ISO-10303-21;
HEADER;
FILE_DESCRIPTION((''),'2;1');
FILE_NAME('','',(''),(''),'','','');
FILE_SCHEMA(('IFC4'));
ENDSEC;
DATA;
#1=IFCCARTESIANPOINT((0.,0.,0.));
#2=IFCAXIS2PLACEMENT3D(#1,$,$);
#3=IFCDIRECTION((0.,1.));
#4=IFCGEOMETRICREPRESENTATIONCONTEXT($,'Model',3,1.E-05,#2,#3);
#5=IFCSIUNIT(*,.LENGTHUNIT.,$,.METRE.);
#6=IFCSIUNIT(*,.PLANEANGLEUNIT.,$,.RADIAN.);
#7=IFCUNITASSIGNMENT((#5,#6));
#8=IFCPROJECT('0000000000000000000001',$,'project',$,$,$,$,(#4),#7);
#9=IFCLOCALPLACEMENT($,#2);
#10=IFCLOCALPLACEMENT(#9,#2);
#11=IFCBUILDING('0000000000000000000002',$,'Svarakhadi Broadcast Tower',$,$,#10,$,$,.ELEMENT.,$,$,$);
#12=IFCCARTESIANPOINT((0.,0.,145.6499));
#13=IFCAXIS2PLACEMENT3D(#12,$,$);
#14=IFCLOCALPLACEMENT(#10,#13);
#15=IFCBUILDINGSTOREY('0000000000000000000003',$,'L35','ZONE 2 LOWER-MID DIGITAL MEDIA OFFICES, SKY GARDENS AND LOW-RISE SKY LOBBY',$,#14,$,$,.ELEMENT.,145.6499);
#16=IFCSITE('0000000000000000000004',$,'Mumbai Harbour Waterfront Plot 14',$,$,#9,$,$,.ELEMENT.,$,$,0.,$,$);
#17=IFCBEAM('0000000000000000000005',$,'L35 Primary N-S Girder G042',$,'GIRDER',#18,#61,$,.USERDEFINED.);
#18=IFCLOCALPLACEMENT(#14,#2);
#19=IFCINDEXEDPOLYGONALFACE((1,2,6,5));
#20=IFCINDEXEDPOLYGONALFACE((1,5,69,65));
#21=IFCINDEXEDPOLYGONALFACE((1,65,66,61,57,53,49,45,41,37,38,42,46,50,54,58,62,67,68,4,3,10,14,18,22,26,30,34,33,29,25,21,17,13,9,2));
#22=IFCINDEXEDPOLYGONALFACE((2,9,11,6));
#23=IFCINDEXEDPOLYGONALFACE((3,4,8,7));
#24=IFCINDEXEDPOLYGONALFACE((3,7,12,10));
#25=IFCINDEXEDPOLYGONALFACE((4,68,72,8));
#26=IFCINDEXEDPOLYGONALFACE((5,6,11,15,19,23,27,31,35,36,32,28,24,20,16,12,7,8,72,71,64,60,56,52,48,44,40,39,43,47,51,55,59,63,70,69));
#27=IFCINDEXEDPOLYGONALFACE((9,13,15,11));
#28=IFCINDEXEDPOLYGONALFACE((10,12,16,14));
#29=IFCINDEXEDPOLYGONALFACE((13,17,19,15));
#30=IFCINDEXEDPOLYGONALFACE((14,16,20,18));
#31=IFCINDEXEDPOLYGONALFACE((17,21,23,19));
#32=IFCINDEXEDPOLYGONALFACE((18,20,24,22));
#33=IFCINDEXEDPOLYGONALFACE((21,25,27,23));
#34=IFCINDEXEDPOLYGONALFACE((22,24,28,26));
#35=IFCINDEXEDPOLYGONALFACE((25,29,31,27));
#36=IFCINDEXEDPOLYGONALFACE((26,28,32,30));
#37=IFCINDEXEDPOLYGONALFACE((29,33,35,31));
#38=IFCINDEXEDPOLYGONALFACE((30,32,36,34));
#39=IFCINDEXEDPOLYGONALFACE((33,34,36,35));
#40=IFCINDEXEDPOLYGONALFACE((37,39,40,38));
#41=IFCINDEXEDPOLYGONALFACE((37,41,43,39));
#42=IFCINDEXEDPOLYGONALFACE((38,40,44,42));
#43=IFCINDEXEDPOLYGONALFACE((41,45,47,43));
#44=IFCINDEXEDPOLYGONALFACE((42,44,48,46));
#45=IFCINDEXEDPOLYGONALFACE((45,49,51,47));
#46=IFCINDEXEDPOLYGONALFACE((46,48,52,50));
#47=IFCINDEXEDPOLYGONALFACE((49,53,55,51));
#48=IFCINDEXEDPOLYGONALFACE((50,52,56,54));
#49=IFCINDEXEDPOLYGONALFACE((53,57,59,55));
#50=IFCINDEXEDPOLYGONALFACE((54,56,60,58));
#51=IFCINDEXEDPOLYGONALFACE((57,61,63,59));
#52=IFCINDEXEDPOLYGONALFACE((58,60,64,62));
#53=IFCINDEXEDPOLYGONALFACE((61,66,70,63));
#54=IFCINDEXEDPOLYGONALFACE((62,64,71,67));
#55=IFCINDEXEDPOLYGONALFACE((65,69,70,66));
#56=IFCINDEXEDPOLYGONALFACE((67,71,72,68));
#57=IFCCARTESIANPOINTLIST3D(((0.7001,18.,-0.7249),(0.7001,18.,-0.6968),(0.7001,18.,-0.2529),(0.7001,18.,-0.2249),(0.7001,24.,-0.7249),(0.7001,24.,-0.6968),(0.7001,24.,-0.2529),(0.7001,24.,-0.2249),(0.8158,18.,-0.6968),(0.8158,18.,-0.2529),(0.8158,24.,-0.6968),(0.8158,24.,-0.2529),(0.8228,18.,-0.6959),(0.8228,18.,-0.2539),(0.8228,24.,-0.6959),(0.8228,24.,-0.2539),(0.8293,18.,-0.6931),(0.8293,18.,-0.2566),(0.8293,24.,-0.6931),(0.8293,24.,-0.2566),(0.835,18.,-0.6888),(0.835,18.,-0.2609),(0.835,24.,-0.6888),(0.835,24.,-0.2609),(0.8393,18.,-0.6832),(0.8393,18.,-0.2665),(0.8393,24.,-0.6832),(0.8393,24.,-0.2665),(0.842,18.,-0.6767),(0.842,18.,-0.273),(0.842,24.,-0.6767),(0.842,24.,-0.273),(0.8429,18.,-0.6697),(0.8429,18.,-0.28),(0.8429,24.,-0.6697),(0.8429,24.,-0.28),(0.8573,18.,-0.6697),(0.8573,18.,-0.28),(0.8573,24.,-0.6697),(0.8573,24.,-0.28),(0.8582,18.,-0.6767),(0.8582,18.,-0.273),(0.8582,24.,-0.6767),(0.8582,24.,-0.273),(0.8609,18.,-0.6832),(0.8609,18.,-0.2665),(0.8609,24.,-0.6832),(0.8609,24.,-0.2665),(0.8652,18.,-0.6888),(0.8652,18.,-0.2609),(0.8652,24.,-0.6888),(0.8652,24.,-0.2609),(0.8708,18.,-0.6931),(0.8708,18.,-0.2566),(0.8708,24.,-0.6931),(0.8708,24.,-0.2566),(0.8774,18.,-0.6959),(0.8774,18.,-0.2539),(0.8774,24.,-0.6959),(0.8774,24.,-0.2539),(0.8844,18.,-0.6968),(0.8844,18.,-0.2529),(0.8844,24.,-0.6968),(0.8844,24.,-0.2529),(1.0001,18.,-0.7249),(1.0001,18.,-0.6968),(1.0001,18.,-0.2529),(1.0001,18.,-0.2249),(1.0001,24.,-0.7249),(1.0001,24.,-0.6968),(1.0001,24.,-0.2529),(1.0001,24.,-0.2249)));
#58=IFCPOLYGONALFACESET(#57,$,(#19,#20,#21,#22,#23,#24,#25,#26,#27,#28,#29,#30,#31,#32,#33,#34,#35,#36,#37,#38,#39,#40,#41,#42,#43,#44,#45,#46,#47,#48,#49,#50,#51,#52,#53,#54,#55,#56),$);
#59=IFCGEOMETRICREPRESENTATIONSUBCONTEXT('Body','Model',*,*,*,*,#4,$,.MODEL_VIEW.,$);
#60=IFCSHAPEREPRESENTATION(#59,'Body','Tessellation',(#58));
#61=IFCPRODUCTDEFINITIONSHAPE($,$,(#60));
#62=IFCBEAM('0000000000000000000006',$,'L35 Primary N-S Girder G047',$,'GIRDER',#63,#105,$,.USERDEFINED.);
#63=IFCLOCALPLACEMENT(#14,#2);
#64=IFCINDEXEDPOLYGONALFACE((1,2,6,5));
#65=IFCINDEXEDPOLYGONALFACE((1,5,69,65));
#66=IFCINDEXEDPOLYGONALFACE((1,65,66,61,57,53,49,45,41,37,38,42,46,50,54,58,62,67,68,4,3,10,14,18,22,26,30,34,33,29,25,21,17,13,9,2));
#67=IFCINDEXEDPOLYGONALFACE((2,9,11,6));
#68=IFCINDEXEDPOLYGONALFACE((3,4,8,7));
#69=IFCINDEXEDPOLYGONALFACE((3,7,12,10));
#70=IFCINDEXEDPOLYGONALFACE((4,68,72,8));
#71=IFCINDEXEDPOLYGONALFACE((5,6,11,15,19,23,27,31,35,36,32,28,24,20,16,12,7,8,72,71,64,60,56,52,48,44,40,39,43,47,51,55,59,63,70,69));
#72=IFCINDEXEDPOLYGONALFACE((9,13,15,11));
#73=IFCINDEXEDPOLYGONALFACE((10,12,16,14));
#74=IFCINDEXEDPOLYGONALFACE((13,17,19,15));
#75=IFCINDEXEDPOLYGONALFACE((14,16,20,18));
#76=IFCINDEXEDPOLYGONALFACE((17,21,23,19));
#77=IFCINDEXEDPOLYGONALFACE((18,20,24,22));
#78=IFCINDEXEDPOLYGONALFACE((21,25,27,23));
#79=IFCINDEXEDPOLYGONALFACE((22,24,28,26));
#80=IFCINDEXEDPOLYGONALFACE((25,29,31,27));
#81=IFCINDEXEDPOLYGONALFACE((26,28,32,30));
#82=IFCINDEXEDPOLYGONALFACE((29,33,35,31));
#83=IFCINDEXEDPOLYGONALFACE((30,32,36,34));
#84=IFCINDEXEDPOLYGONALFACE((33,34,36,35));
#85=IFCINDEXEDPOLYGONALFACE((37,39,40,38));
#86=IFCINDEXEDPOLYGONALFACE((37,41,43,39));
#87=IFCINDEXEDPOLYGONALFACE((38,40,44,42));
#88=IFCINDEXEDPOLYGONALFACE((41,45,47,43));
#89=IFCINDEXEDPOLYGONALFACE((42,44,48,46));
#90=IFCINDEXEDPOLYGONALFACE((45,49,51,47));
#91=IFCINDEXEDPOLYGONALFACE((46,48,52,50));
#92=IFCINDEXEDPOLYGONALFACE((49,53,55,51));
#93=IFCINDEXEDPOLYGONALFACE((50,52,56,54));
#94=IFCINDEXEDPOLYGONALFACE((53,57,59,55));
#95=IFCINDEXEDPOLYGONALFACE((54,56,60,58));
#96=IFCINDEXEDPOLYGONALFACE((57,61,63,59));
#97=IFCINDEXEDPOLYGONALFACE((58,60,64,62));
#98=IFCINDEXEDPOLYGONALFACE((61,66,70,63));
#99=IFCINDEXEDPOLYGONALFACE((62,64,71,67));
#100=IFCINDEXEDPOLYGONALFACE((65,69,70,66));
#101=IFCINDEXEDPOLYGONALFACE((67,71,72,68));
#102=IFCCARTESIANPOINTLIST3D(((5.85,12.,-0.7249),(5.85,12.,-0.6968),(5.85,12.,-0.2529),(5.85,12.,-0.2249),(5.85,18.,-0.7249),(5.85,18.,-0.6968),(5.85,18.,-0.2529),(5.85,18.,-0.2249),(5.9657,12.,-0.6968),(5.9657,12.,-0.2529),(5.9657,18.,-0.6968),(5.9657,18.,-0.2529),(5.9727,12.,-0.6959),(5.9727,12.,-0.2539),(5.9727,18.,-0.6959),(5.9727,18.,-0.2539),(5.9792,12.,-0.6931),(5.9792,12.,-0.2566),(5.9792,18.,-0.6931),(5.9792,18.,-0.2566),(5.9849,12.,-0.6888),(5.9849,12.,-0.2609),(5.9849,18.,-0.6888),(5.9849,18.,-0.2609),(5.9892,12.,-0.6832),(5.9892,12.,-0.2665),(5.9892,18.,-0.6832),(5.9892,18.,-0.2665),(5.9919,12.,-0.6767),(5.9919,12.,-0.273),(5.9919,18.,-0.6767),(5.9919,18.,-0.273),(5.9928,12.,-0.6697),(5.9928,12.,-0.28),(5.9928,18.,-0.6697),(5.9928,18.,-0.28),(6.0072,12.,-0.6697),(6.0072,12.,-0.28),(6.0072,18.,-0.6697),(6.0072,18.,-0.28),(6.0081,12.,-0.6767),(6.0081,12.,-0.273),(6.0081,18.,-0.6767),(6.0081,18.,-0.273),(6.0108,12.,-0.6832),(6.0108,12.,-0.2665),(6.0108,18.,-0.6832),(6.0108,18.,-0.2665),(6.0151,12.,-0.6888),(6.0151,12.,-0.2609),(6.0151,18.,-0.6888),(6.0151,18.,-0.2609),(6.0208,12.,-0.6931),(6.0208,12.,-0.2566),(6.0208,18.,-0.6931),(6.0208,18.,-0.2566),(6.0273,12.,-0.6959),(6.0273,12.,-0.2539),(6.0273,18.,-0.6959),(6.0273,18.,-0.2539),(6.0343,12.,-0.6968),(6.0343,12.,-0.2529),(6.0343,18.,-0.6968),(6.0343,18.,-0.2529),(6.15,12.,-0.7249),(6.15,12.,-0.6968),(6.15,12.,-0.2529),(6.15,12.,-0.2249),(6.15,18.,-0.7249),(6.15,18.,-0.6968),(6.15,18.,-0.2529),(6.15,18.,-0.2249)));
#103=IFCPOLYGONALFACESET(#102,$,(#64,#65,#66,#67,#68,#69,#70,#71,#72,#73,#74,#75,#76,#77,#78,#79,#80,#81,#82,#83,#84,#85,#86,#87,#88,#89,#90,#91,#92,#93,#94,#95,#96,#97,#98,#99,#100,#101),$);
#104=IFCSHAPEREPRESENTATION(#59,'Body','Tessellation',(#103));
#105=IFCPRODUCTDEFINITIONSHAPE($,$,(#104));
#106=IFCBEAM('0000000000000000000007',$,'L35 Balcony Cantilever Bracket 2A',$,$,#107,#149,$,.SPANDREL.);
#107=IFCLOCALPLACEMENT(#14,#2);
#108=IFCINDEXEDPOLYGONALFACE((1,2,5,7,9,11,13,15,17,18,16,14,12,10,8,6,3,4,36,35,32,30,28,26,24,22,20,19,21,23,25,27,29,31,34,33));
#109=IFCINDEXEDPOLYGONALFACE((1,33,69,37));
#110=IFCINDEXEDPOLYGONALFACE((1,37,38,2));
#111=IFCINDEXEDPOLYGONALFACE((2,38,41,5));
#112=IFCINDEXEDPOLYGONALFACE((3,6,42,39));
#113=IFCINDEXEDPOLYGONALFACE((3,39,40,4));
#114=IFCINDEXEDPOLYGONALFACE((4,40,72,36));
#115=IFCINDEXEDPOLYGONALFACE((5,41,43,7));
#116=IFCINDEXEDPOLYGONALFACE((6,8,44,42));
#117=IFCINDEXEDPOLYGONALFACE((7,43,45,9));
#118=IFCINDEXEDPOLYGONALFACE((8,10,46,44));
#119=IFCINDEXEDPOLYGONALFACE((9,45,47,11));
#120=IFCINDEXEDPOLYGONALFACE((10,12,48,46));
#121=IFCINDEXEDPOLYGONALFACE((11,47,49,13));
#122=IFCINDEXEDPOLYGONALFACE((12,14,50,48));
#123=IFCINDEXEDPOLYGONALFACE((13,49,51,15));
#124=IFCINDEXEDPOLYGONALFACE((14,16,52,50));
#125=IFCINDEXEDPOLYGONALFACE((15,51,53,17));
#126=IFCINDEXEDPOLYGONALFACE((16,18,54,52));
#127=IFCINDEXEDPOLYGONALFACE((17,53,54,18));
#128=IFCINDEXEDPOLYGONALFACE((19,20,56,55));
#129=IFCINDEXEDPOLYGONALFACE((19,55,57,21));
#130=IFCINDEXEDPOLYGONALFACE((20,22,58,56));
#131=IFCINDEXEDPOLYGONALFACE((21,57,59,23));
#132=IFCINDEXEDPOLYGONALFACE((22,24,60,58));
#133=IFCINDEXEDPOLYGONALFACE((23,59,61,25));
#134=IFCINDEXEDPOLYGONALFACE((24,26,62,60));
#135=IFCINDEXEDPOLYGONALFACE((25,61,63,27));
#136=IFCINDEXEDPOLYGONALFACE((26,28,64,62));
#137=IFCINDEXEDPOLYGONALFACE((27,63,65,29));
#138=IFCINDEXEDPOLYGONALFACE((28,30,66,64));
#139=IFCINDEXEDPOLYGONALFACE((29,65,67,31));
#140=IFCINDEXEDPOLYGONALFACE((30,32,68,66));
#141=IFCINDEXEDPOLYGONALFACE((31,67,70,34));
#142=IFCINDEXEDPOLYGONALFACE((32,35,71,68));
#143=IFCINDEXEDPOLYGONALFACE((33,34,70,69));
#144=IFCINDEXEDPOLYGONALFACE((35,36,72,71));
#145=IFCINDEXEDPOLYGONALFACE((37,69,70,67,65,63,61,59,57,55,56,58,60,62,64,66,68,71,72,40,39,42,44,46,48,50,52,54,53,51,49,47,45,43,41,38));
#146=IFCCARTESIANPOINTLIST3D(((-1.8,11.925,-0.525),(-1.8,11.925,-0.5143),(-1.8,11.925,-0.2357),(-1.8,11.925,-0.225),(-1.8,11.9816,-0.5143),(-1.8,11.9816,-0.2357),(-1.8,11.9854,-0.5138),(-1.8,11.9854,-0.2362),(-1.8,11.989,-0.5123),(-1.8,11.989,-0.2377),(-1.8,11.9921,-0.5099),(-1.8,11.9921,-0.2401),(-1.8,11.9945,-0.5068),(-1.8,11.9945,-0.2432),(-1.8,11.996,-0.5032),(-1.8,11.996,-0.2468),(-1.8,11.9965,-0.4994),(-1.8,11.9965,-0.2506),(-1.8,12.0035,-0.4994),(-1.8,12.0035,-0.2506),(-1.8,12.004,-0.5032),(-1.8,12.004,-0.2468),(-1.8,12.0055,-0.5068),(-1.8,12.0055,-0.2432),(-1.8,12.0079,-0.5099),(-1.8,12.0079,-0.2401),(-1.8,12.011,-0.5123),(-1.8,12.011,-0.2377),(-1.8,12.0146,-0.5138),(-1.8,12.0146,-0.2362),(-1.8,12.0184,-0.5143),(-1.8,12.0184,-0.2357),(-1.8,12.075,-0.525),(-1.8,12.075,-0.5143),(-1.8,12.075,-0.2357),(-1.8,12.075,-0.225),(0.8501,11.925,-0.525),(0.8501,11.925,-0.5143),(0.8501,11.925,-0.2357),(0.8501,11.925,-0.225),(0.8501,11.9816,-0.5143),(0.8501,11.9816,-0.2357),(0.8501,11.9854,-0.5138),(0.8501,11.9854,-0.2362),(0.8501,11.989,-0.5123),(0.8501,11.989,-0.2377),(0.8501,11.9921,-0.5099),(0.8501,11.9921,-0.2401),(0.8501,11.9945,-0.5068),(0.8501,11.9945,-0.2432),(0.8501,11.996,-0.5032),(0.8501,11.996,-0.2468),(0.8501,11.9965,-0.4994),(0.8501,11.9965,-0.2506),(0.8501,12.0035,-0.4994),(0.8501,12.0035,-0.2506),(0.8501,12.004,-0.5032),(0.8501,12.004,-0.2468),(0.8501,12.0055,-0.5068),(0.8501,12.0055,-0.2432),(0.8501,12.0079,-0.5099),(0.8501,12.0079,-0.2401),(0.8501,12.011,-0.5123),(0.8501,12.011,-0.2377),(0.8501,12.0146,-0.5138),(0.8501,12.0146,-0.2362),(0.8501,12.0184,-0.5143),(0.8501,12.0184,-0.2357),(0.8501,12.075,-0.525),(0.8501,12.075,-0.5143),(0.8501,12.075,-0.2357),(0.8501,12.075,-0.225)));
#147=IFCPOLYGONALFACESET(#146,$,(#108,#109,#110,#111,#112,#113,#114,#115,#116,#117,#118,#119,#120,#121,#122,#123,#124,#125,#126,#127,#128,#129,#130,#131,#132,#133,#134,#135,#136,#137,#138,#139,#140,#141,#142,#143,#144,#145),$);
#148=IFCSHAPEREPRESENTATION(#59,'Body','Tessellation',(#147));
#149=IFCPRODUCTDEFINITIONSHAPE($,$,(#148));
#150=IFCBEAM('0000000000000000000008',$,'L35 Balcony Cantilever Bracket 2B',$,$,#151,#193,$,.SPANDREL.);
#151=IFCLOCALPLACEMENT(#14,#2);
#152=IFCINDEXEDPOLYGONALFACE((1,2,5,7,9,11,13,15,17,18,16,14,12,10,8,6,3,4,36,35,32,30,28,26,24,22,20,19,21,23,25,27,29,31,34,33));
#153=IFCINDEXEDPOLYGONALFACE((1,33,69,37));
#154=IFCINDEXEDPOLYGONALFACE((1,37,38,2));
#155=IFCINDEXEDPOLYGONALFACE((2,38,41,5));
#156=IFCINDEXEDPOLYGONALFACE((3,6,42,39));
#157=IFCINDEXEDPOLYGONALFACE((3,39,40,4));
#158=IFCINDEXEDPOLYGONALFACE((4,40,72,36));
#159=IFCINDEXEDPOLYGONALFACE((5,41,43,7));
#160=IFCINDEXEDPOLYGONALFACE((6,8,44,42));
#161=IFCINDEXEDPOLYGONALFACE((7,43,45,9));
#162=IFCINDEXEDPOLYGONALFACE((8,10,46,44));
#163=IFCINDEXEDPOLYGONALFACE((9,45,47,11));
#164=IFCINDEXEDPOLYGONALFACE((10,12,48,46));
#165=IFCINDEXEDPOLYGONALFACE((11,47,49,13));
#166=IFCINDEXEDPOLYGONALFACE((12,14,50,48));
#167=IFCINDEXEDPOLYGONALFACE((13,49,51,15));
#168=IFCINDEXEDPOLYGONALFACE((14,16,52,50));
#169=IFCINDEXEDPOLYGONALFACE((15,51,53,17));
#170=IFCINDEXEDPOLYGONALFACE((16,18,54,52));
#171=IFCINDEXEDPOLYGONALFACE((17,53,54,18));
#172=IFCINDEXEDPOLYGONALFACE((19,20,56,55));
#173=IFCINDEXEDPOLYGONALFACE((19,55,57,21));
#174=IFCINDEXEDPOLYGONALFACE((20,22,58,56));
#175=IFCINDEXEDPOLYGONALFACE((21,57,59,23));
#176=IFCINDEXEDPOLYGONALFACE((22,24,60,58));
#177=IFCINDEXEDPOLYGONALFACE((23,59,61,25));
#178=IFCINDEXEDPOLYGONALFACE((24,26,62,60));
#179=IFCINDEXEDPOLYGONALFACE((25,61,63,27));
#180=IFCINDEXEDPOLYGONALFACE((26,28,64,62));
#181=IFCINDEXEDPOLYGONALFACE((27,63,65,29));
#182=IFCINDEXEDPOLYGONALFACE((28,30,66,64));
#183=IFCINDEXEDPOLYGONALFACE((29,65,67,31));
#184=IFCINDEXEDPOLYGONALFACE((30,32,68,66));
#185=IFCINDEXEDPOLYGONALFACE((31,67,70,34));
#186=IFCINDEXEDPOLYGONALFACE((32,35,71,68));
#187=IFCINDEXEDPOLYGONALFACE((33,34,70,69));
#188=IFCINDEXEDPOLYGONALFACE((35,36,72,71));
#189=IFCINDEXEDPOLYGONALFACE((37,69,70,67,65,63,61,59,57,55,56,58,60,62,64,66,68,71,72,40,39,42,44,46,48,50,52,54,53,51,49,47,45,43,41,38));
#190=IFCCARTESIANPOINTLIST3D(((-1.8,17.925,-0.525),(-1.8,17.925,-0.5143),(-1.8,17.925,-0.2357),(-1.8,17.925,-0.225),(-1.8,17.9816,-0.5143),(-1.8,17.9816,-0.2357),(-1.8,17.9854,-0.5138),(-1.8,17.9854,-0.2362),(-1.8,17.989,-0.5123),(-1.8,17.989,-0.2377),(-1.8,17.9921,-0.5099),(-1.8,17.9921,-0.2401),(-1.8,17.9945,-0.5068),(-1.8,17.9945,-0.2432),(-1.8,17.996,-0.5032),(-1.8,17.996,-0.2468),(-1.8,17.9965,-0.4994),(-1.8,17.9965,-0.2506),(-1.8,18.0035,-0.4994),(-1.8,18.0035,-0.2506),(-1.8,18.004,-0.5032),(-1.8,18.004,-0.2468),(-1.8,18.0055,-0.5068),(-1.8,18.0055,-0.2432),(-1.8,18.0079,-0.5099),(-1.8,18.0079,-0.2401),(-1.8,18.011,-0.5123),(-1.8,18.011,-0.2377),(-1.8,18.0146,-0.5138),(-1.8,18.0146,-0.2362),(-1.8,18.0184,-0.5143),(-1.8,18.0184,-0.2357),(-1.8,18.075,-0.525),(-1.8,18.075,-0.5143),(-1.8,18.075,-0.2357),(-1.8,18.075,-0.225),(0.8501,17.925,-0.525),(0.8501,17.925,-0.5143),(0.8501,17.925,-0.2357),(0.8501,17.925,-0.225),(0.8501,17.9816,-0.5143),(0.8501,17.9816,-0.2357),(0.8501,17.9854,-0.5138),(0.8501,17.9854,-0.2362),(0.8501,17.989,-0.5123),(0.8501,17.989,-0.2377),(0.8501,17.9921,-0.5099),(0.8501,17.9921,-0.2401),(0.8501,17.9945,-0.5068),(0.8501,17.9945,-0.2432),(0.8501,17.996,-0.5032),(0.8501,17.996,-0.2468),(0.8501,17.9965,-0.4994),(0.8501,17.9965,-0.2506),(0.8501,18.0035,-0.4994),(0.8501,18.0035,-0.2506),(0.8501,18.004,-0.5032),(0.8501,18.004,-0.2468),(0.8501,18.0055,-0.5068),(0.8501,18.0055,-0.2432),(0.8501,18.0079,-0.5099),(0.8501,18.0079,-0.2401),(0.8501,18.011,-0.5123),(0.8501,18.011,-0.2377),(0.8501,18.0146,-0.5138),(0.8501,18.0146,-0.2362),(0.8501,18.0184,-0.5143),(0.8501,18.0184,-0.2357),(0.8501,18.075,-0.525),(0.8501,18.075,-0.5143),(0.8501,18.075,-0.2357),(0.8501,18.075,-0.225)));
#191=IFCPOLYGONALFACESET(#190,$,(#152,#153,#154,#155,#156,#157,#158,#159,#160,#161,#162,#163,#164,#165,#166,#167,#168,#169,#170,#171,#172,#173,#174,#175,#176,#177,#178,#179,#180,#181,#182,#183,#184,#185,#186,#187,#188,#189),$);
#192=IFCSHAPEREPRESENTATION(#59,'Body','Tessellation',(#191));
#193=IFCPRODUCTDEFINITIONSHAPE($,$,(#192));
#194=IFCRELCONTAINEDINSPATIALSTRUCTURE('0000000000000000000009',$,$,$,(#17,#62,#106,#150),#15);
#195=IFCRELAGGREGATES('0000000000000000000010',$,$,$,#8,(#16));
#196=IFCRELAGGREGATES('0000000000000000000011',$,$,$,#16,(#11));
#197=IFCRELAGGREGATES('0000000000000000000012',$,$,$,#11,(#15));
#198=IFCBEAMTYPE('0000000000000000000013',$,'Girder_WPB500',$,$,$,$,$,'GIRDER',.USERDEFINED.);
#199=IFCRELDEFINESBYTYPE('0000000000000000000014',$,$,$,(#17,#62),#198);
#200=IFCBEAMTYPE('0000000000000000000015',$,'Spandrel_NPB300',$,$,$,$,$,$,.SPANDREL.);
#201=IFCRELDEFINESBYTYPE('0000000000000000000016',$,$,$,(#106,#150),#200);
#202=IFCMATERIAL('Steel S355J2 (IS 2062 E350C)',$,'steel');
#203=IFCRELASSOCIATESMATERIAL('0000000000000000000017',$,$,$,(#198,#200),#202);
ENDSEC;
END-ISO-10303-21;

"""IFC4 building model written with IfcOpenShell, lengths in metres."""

from ifc_helpers import new_model, si_unit, direction, frame, origin, origin_2d, place, context, subcontext, project, spatial, i_section, extrude, material, material_profile, profile_set, type_object, element, save


model = new_model("IFC4")

# Units and contexts
model_context = context("Model", 3, precision=1e-05, world=origin(), true_north=direction((0.0, 1.0)))
body_context = subcontext(model_context, "Body", "Model", "MODEL_VIEW")
ifc_project = project(units=[si_unit("LENGTHUNIT", "METRE"), si_unit("PLANEANGLEUNIT", "RADIAN")], contexts=[model_context])

# Site, building, storey
site_placement = place(None, origin())
site = spatial("IfcSite", under=ifc_project, at=site_placement, Name="Mumbai Harbour Waterfront Plot 14", CompositionType="ELEMENT", RefElevation=0.0)
building_placement = place(site_placement, origin())
building = spatial("IfcBuilding", under=site, at=building_placement, Name="Svarakhadi Broadcast Tower", CompositionType="ELEMENT")
storey_placement = place(building_placement, frame((0.0, 0.0, 145.6499)))
storey = spatial("IfcBuildingStorey", under=building, at=storey_placement, Name="L35", Description="ZONE 2 LOWER-MID DIGITAL MEDIA OFFICES, SKY GARDENS AND LOW-RISE SKY LOBBY", CompositionType="ELEMENT", Elevation=145.6499)

# Shared definitions
ifc_material_1 = material(Name="Steel S355J2 (IS 2062 E350C)", Category="steel")

# Beams
ifc_material_profile_1 = material_profile(ifc_material_1, i_section(OverallWidth=0.3, OverallDepth=0.5, WebThickness=0.0144, FlangeThickness=0.0281, FilletRadius=0.0271, at=origin_2d()), Name="WPB 500x300x187")
ifc_profile_set_1 = profile_set([ifc_material_profile_1], Name="Steel S355J2 (IS 2062 E350C)")
beam_type_1 = type_object("IfcBeamType", Name="Girder_WPB500", ElementType="GIRDER", PredefinedType="USERDEFINED", material=ifc_profile_set_1)
for number, where, z_axis, x_axis, name in (
    (1, (0.8501, 18.0, -0.4749), (0.0, 1.0, 0.0), (-1.0, 0.0, 0.0), "L35 Primary N-S Girder G042"),
    (2, (6.0, 12.0, -0.4749), (0.0, 1.0, 0.0), (-1.0, 0.0, 0.0), "L35 Primary N-S Girder G047"),
):
    element("IfcBeam", number, at=place(storey_placement, frame(where, z_axis=z_axis, x_axis=x_axis)), inside=storey, type_object=beam_type_1, Name=name, ObjectType="GIRDER", PredefinedType="USERDEFINED", context=body_context, shape_type="SweptSolid", body=[
        extrude(i_section(OverallWidth=0.3, OverallDepth=0.5, WebThickness=0.0144, FlangeThickness=0.0281, FilletRadius=0.0271, at=origin_2d()), origin(), (0.0, 0.0, 1.0), 6.0),
    ])
ifc_material_profile_2 = material_profile(ifc_material_1, i_section(OverallWidth=0.1499, OverallDepth=0.3, WebThickness=0.0071, FlangeThickness=0.0107, FilletRadius=0.0149, at=origin_2d()), Name="NPB 300x150x37")
ifc_profile_set_2 = profile_set([ifc_material_profile_2], Name="Steel S355J2 (IS 2062 E350C)")
beam_type_2 = type_object("IfcBeamType", Name="Spandrel_NPB300", PredefinedType="SPANDREL", material=ifc_profile_set_2)
for number, where, z_axis, x_axis, name in (
    (3, (0.8501, 12.0, -0.375), (-1.0, 0.0, 0.0), (0.0, -1.0, 0.0), "L35 Balcony Cantilever Bracket 2A"),
    (4, (0.8501, 18.0, -0.375), (-1.0, 0.0, 0.0), (0.0, -1.0, 0.0), "L35 Balcony Cantilever Bracket 2B"),
):
    element("IfcBeam", number, at=place(storey_placement, frame(where, z_axis=z_axis, x_axis=x_axis)), inside=storey, type_object=beam_type_2, Name=name, PredefinedType="SPANDREL", context=body_context, shape_type="SweptSolid", body=[
        extrude(i_section(OverallWidth=0.1499, OverallDepth=0.3, WebThickness=0.0071, FlangeThickness=0.0107, FilletRadius=0.0149, at=origin_2d()), origin(), (0.0, 0.0, 1.0), 2.6501),
    ])

save(model, "model.ifc")
